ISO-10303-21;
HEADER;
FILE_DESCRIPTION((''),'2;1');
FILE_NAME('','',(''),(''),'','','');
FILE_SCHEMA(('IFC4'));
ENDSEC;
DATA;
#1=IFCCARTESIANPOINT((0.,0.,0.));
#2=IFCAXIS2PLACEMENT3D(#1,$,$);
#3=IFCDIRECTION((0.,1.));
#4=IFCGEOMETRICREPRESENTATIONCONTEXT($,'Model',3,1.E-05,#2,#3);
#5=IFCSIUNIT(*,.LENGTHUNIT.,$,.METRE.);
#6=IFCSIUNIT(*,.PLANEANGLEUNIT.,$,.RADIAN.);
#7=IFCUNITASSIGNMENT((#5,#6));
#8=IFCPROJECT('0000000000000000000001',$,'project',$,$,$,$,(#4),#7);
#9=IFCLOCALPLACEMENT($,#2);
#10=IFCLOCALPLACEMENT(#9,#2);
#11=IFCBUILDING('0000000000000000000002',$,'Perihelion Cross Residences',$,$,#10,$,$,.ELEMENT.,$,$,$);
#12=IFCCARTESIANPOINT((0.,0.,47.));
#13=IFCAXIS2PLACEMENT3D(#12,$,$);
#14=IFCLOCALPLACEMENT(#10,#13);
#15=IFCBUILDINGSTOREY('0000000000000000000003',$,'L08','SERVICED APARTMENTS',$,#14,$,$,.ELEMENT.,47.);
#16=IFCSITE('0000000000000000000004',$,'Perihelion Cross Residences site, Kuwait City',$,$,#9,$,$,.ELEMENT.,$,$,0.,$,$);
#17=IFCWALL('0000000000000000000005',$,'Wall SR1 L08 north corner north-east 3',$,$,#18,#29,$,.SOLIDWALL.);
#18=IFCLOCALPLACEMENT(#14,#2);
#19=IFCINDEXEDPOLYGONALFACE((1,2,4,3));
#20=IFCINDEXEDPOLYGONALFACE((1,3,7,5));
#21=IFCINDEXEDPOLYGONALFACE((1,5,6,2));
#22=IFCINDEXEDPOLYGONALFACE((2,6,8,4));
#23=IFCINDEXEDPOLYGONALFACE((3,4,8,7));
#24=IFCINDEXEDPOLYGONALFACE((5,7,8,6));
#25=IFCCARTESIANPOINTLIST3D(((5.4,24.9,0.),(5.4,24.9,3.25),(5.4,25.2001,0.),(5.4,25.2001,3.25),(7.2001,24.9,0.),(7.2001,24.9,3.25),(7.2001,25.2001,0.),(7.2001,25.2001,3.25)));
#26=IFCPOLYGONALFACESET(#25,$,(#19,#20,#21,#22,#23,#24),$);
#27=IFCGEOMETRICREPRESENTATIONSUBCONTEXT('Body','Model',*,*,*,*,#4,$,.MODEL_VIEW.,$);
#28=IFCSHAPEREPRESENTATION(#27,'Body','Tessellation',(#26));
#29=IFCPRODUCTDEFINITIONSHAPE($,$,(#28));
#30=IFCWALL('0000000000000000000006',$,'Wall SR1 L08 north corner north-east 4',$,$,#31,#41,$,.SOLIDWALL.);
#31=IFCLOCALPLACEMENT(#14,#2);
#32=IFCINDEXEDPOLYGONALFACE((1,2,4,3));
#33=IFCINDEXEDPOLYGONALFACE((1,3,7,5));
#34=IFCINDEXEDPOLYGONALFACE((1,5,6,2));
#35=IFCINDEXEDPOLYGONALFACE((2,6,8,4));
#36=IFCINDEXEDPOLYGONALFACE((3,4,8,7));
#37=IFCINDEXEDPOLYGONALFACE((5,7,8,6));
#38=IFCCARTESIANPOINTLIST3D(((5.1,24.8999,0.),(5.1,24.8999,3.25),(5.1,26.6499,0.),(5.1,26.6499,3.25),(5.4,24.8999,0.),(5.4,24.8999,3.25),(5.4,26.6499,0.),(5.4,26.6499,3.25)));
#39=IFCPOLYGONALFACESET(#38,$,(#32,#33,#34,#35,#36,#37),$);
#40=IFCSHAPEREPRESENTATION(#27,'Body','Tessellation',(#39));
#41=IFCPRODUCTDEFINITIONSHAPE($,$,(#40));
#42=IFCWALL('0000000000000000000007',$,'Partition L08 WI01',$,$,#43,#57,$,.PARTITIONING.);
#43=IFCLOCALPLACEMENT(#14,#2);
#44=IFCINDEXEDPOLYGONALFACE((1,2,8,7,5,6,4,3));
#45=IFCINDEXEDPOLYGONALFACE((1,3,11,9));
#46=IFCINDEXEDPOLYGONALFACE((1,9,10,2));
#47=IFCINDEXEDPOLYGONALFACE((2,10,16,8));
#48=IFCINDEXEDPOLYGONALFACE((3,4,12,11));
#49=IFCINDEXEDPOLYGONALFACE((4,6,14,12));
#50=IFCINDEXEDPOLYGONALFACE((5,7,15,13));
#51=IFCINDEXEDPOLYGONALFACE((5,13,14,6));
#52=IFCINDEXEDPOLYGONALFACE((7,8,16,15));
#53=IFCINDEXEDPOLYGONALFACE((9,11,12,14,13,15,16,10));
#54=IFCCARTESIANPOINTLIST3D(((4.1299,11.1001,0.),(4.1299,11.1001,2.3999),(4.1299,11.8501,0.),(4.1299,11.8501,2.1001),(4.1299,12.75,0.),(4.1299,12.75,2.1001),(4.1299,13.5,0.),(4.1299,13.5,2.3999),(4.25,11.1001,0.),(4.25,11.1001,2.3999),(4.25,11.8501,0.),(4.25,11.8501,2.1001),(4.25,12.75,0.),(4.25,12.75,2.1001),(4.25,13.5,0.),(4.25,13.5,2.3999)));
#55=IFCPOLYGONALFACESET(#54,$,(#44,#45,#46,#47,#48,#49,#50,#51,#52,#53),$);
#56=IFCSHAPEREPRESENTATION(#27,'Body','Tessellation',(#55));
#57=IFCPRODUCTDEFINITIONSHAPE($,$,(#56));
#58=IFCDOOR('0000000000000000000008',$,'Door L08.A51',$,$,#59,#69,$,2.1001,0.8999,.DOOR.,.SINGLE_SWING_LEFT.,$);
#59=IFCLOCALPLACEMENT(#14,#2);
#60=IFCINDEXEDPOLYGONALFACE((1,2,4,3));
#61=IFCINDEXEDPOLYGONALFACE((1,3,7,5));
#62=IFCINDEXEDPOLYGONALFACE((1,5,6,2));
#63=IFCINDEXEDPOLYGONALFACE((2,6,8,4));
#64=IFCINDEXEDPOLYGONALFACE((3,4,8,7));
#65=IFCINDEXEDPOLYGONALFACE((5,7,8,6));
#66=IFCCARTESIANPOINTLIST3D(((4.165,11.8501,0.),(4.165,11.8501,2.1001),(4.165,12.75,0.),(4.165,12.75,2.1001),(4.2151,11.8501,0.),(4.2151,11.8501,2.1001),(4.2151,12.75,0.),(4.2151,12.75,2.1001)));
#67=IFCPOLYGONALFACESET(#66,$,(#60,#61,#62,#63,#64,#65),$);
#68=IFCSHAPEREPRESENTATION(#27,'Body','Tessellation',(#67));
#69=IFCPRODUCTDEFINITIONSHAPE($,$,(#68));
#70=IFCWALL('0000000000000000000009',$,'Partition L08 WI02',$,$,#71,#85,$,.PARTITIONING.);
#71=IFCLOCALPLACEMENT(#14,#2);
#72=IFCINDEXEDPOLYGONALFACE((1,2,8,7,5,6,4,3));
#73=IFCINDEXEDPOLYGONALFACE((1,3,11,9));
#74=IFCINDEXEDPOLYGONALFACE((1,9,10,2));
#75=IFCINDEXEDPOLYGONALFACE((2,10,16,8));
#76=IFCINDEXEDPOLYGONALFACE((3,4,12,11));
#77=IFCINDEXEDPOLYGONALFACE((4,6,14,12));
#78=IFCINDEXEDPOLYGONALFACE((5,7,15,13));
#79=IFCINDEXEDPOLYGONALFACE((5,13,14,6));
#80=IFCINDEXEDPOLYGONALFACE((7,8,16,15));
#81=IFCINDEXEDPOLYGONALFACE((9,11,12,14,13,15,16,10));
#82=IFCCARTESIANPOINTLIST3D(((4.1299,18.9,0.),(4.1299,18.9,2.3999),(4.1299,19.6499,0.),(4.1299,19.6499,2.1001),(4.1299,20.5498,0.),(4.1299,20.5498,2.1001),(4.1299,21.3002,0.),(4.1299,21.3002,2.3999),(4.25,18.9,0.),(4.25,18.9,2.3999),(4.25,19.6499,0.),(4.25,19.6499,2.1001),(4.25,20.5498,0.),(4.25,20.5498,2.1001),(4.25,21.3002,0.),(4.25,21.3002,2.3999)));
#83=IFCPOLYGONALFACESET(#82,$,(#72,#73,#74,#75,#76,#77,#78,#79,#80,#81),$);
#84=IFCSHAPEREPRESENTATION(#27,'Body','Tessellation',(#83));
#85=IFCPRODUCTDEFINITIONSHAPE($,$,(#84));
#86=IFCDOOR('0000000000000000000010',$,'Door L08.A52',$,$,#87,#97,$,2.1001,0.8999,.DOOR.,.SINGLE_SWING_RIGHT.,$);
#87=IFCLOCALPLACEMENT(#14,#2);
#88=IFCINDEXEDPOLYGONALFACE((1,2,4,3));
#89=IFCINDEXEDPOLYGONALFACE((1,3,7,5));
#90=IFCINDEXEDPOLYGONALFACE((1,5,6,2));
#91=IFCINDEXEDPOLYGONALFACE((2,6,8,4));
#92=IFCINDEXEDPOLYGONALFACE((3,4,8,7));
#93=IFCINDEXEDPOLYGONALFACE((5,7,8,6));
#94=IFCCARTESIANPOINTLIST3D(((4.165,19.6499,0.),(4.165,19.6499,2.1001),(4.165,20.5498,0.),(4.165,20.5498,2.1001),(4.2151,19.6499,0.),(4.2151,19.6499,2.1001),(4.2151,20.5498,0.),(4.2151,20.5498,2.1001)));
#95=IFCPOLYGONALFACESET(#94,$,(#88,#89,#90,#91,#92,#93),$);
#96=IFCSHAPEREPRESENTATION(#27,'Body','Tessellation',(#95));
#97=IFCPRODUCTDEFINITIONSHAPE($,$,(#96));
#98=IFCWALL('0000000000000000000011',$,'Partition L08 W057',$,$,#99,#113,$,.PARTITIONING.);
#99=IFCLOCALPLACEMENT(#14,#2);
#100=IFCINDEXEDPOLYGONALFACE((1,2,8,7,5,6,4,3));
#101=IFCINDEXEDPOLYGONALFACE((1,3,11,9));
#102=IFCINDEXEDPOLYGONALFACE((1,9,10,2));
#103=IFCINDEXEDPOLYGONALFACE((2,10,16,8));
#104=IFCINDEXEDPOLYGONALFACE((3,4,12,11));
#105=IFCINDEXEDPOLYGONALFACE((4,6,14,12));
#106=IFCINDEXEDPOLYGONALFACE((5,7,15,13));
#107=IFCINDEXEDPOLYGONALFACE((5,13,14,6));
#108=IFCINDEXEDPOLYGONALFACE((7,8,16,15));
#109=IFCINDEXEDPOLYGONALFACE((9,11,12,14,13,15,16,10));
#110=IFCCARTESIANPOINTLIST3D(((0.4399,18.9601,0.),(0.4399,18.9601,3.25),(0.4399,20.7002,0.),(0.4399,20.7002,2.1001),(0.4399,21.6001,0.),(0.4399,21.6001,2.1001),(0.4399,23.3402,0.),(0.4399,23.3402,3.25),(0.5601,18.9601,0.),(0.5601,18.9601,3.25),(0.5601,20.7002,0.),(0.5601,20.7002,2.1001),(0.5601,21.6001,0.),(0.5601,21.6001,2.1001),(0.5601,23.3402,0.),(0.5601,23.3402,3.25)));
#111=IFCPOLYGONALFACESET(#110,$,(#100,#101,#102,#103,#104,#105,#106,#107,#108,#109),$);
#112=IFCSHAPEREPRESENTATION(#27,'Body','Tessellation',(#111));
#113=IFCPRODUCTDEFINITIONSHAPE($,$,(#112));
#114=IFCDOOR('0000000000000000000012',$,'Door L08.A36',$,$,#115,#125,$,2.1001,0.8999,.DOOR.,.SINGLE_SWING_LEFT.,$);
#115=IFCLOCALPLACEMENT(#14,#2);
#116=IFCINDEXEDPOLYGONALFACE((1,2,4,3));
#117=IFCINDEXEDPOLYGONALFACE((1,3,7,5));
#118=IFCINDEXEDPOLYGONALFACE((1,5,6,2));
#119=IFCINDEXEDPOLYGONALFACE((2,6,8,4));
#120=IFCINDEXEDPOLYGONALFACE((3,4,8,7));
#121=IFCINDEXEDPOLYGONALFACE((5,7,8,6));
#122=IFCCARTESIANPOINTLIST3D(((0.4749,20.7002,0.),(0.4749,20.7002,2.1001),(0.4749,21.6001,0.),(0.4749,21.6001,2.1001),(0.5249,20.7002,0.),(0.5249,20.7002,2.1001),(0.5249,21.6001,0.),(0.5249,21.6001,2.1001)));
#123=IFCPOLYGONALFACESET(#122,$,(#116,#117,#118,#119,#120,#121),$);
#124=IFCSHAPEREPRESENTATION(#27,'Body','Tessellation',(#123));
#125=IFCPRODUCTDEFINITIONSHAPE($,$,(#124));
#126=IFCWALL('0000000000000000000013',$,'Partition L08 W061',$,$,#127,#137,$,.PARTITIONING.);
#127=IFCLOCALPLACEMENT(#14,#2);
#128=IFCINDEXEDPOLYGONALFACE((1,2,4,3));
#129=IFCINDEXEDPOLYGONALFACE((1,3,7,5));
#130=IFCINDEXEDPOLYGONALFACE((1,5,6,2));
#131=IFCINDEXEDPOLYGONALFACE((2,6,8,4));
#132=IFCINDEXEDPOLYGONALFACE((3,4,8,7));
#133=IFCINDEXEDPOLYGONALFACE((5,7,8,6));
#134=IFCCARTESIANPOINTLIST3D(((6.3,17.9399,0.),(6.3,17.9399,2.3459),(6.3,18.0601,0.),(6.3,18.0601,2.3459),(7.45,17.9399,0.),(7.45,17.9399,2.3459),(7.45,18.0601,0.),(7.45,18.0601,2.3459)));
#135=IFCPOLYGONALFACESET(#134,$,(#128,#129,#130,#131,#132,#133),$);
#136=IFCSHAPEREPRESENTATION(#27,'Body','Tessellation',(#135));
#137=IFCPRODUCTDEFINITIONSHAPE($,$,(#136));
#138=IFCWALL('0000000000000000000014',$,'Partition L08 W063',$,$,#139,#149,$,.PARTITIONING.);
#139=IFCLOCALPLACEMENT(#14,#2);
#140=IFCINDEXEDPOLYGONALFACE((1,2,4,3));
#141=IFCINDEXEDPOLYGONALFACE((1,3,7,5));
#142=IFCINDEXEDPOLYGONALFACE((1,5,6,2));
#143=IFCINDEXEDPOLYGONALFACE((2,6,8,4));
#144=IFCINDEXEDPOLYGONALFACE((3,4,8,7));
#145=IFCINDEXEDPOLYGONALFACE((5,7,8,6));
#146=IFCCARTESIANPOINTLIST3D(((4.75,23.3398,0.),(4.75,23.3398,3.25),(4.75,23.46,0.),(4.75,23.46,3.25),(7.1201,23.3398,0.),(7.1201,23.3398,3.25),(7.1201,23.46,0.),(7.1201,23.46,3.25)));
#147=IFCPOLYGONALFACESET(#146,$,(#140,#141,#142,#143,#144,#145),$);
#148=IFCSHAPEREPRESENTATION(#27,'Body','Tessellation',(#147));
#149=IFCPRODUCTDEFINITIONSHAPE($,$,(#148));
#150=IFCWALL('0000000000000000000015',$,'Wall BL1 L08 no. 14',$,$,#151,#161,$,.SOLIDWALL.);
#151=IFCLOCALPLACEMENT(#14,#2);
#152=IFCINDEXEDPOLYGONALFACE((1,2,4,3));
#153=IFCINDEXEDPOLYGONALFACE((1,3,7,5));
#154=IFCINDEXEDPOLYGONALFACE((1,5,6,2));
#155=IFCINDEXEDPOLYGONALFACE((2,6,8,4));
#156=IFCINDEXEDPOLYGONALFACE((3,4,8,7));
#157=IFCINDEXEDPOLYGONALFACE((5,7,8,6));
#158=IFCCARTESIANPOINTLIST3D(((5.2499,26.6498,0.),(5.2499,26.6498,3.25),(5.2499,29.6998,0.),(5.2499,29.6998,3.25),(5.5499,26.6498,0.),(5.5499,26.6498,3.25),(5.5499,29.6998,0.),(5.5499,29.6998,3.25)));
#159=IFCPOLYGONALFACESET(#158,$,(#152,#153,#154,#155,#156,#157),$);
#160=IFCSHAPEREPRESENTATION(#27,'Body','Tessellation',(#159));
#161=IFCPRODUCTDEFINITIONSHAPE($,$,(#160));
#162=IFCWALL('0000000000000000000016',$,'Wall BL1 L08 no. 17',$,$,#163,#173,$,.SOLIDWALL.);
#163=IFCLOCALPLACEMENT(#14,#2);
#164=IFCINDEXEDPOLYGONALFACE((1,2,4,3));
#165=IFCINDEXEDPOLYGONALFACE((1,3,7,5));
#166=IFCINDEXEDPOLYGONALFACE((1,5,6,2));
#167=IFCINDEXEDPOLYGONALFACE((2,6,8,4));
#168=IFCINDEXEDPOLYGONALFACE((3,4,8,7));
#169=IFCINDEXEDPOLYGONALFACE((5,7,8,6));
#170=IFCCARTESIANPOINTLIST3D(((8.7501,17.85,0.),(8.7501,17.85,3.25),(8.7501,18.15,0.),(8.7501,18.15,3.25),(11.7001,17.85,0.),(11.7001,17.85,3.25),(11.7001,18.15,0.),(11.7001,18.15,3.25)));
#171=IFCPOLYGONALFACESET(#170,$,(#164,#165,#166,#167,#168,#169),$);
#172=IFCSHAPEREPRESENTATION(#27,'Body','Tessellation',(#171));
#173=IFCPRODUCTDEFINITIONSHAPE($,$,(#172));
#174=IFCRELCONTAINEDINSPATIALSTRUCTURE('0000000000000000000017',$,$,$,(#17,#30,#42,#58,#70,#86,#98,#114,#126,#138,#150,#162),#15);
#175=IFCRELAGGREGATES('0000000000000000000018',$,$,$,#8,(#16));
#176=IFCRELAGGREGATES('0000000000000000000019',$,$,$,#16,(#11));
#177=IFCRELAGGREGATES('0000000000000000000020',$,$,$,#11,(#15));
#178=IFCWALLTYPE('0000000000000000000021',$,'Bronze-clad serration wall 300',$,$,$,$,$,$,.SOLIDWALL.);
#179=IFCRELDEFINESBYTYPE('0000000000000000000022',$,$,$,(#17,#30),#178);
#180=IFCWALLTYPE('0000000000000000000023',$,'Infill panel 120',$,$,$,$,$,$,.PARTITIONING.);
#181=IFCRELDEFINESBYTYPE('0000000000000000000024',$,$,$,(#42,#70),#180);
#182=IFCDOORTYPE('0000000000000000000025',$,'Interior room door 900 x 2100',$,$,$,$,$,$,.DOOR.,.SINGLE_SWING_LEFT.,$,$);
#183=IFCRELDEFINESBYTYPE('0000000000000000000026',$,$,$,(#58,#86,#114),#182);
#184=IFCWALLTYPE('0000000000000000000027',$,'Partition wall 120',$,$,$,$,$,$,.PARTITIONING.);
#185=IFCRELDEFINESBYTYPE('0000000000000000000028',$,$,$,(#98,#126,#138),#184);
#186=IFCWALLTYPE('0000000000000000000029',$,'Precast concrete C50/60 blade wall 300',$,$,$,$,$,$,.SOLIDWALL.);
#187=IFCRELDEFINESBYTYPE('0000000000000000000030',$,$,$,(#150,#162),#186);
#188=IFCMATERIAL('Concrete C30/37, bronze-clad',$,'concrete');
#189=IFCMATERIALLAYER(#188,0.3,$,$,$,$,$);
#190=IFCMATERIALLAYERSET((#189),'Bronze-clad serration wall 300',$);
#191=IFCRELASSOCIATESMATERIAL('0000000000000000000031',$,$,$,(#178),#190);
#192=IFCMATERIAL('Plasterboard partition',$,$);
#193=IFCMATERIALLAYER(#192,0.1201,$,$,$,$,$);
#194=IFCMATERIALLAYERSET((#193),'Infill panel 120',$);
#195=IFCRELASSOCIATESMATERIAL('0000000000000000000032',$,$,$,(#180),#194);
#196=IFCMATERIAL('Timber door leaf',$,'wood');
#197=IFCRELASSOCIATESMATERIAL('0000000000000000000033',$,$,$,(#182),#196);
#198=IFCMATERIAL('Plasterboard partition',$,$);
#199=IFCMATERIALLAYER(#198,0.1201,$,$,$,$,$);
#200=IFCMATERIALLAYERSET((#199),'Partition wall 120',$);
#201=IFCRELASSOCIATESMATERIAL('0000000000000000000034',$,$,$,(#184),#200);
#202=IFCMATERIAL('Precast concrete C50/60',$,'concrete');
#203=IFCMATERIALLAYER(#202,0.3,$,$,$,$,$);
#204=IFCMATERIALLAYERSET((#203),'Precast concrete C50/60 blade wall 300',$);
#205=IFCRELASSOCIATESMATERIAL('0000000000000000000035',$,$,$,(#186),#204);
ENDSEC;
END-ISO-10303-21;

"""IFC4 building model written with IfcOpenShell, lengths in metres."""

from ifc_helpers import new_model, si_unit, direction, frame, frame_2d, origin, place, context, subcontext, project, spatial, rectangle, extrude, material, layer, layer_set, type_object, element, fill, save


model = new_model("IFC4")

# Units and contexts
model_context = context("Model", 3, precision=1e-05, world=origin(), true_north=direction((0.0, 1.0)))
body_context = subcontext(model_context, "Body", "Model", "MODEL_VIEW")
ifc_project = project(units=[si_unit("LENGTHUNIT", "METRE"), si_unit("PLANEANGLEUNIT", "RADIAN")], contexts=[model_context])

# Site, building, storey
site_placement = place(None, origin())
site = spatial("IfcSite", under=ifc_project, at=site_placement, Name="Perihelion Cross Residences site, Kuwait City", CompositionType="ELEMENT", RefElevation=0.0)
building_placement = place(site_placement, origin())
building = spatial("IfcBuilding", under=site, at=building_placement, Name="Perihelion Cross Residences", CompositionType="ELEMENT")
storey_placement = place(building_placement, frame((0.0, 0.0, 47.0)))
storey = spatial("IfcBuildingStorey", under=building, at=storey_placement, Name="L08", Description="SERVICED APARTMENTS", CompositionType="ELEMENT", Elevation=47.0)

# Walls
ifc_material_1 = material(Name="Concrete C30/37, bronze-clad", Category="concrete")
ifc_layer_1 = layer(ifc_material_1, 0.3)
ifc_layer_set_1 = layer_set([ifc_layer_1], Name="Bronze-clad serration wall 300")
wall_type_1 = type_object("IfcWallType", Name="Bronze-clad serration wall 300", PredefinedType="SOLIDWALL", material=ifc_layer_set_1)
wall_1_placement = place(storey_placement, frame((7.2, 25.05, 0.0), z_axis=(0.0, 0.0, 1.0), x_axis=(-1.0, 0.0, 0.0)))
element("IfcWall", 1, at=wall_1_placement, inside=storey, type_object=wall_type_1, Name="Wall SR1 L08 north corner north-east 3", PredefinedType="SOLIDWALL", context=body_context, shape_type="SweptSolid", body=[
    extrude(rectangle(XDim=1.8, YDim=0.3, at=frame_2d((0.8999, 0.0))), origin(), (0.0, 0.0, 1.0), 3.25),
])
wall_2_placement = place(storey_placement, frame((5.25, 24.8999, 0.0), z_axis=(0.0, 0.0, 1.0), x_axis=(0.0, 1.0, 0.0)))
element("IfcWall", 2, at=wall_2_placement, inside=storey, type_object=wall_type_1, Name="Wall SR1 L08 north corner north-east 4", PredefinedType="SOLIDWALL", context=body_context, shape_type="SweptSolid", body=[
    extrude(rectangle(XDim=1.75, YDim=0.3, at=frame_2d((0.875, 0.0))), origin(), (0.0, 0.0, 1.0), 3.25),
])

# Walls, openings, doors
ifc_material_2 = material(Name="Plasterboard partition")
ifc_layer_2 = layer(ifc_material_2, 0.1201)
ifc_layer_set_2 = layer_set([ifc_layer_2], Name="Infill panel 120")
wall_type_2 = type_object("IfcWallType", Name="Infill panel 120", PredefinedType="PARTITIONING", material=ifc_layer_set_2)
wall_3_placement = place(storey_placement, frame((4.1899, 11.1001, 0.0), z_axis=(0.0, 0.0, 1.0), x_axis=(0.0, 1.0, 0.0)))
wall_3 = element("IfcWall", 3, at=wall_3_placement, inside=storey, type_object=wall_type_2, Name="Partition L08 WI01", PredefinedType="PARTITIONING", context=body_context, shape_type="SweptSolid", body=[
    extrude(rectangle(XDim=2.3999, YDim=0.1201, at=frame_2d((1.2, 0.0))), origin(), (0.0, 0.0, 1.0), 2.3999),
])
opening_1_placement = place(wall_3_placement, frame((0.75, 0.0, 0.0)))
opening_1 = element("IfcOpeningElement", 4, at=opening_1_placement, cuts=wall_3, PredefinedType="OPENING", context=body_context, shape_type="SweptSolid", body=[
    extrude(rectangle(XDim=0.8999, YDim=2.1001, at=frame_2d((0.45, 1.05))), frame((0.0, 0.0701, 0.0), z_axis=(0.0, -1.0, 0.0), x_axis=(1.0, 0.0, 0.0)), (0.0, 0.0, 1.0), 0.1401),
])
ifc_material_3 = material(Name="Timber door leaf", Category="wood")
door_type_1 = type_object("IfcDoorType", Name="Interior room door 900 x 2100", OperationType="SINGLE_SWING_LEFT", PredefinedType="DOOR", material=ifc_material_3)
door_1_placement = place(opening_1_placement, origin())
door_1 = element("IfcDoor", 5, at=door_1_placement, inside=storey, type_object=door_type_1, Name="Door L08.A51", OperationType="SINGLE_SWING_LEFT", OverallHeight=2.1001, OverallWidth=0.8999, PredefinedType="DOOR", context=body_context, shape_type="SweptSolid", body=[
    extrude(rectangle(XDim=0.8999, YDim=2.1001, at=frame_2d((0.45, 1.05))), frame((0.0, 0.0249, 0.0), z_axis=(0.0, -1.0, 0.0), x_axis=(1.0, 0.0, 0.0)), (0.0, 0.0, 1.0), 0.05),
])
fill(opening_1, door_1)
wall_4_placement = place(storey_placement, frame((4.1899, 18.8999, 0.0), z_axis=(0.0, 0.0, 1.0), x_axis=(0.0, 1.0, 0.0)))
wall_4 = element("IfcWall", 6, at=wall_4_placement, inside=storey, type_object=wall_type_2, Name="Partition L08 WI02", PredefinedType="PARTITIONING", context=body_context, shape_type="SweptSolid", body=[
    extrude(rectangle(XDim=2.4001, YDim=0.1201, at=frame_2d((1.2002, 0.0))), origin(), (0.0, 0.0, 1.0), 2.3999),
])
opening_2_placement = place(wall_4_placement, frame((0.75, 0.0, 0.0)))
opening_2 = element("IfcOpeningElement", 7, at=opening_2_placement, cuts=wall_4, PredefinedType="OPENING", context=body_context, shape_type="SweptSolid", body=[
    extrude(rectangle(XDim=0.8999, YDim=2.1001, at=frame_2d((0.45, 1.05))), frame((0.0, 0.0701, 0.0), z_axis=(0.0, -1.0, 0.0), x_axis=(1.0, 0.0, 0.0)), (0.0, 0.0, 1.0), 0.1401),
])
door_2_placement = place(opening_2_placement, origin())
door_2 = element("IfcDoor", 8, at=door_2_placement, inside=storey, type_object=door_type_1, Name="Door L08.A52", OperationType="SINGLE_SWING_RIGHT", OverallHeight=2.1001, OverallWidth=0.8999, PredefinedType="DOOR", context=body_context, shape_type="SweptSolid", body=[
    extrude(rectangle(XDim=0.8999, YDim=2.1001, at=frame_2d((0.45, 1.05))), frame((0.0, 0.0249, 0.0), z_axis=(0.0, -1.0, 0.0), x_axis=(1.0, 0.0, 0.0)), (0.0, 0.0, 1.0), 0.05),
])
fill(opening_2, door_2)
ifc_material_4 = material(Name="Plasterboard partition")
ifc_layer_3 = layer(ifc_material_4, 0.1201)
ifc_layer_set_3 = layer_set([ifc_layer_3], Name="Partition wall 120")
wall_type_3 = type_object("IfcWallType", Name="Partition wall 120", PredefinedType="PARTITIONING", material=ifc_layer_set_3)
wall_5_placement = place(storey_placement, frame((0.5, 23.3401, 0.0), z_axis=(0.0, 0.0, 1.0), x_axis=(0.0, -1.0, 0.0)))
wall_5 = element("IfcWall", 9, at=wall_5_placement, inside=storey, type_object=wall_type_3, Name="Partition L08 W057", PredefinedType="PARTITIONING", context=body_context, shape_type="SweptSolid", body=[
    extrude(rectangle(XDim=4.3801, YDim=0.1201, at=frame_2d((2.1899, 0.0))), origin(), (0.0, 0.0, 1.0), 3.25),
])
opening_3_placement = place(wall_5_placement, frame((1.74, 0.0, 0.0)))
opening_3 = element("IfcOpeningElement", 10, at=opening_3_placement, cuts=wall_5, PredefinedType="OPENING", context=body_context, shape_type="SweptSolid", body=[
    extrude(rectangle(XDim=0.8999, YDim=2.1001, at=frame_2d((0.45, 1.05))), frame((0.0, 0.0701, 0.0), z_axis=(0.0, -1.0, 0.0), x_axis=(1.0, 0.0, 0.0)), (0.0, 0.0, 1.0), 0.1401),
])
door_3_placement = place(opening_3_placement, origin())
door_3 = element("IfcDoor", 11, at=door_3_placement, inside=storey, type_object=door_type_1, Name="Door L08.A36", OperationType="SINGLE_SWING_LEFT", OverallHeight=2.1001, OverallWidth=0.8999, PredefinedType="DOOR", context=body_context, shape_type="SweptSolid", body=[
    extrude(rectangle(XDim=0.8999, YDim=2.1001, at=frame_2d((0.45, 1.05))), frame((0.0, 0.0249, 0.0), z_axis=(0.0, -1.0, 0.0), x_axis=(1.0, 0.0, 0.0)), (0.0, 0.0, 1.0), 0.05),
])
fill(opening_3, door_3)

# Walls
wall_6_placement = place(storey_placement, frame((6.3, 18.0, 0.0), z_axis=(0.0, 0.0, 1.0), x_axis=(1.0, 0.0, 0.0)))
element("IfcWall", 12, at=wall_6_placement, inside=storey, type_object=wall_type_3, Name="Partition L08 W061", PredefinedType="PARTITIONING", context=body_context, shape_type="SweptSolid", body=[
    extrude(rectangle(XDim=1.1499, YDim=0.1201, at=frame_2d((0.575, 0.0))), origin(), (0.0, 0.0, 1.0), 2.3459),
])
wall_7_placement = place(storey_placement, frame((4.75, 23.3999, 0.0), z_axis=(0.0, 0.0, 1.0), x_axis=(1.0, 0.0, 0.0)))
element("IfcWall", 13, at=wall_7_placement, inside=storey, type_object=wall_type_3, Name="Partition L08 W063", PredefinedType="PARTITIONING", context=body_context, shape_type="SweptSolid", body=[
    extrude(rectangle(XDim=2.3701, YDim=0.1201, at=frame_2d((1.1851, 0.0))), origin(), (0.0, 0.0, 1.0), 3.25),
])
ifc_material_5 = material(Name="Precast concrete C50/60", Category="concrete")
ifc_layer_4 = layer(ifc_material_5, 0.3)
ifc_layer_set_4 = layer_set([ifc_layer_4], Name="Precast concrete C50/60 blade wall 300")
wall_type_4 = type_object("IfcWallType", Name="Precast concrete C50/60 blade wall 300", PredefinedType="SOLIDWALL", material=ifc_layer_set_4)
wall_8_placement = place(storey_placement, frame((5.3999, 26.6499, 0.0), z_axis=(0.0, 0.0, 1.0), x_axis=(0.0, 1.0, 0.0)))
element("IfcWall", 14, at=wall_8_placement, inside=storey, type_object=wall_type_4, Name="Wall BL1 L08 no. 14", PredefinedType="SOLIDWALL", context=body_context, shape_type="SweptSolid", body=[
    extrude(rectangle(XDim=3.05, YDim=0.3, at=frame_2d((1.5249, 0.0))), origin(), (0.0, 0.0, 1.0), 3.25),
])
wall_9_placement = place(storey_placement, frame((8.75, 18.0, 0.0), z_axis=(0.0, 0.0, 1.0), x_axis=(1.0, 0.0, 0.0)))
element("IfcWall", 15, at=wall_9_placement, inside=storey, type_object=wall_type_4, Name="Wall BL1 L08 no. 17", PredefinedType="SOLIDWALL", context=body_context, shape_type="SweptSolid", body=[
    extrude(rectangle(XDim=2.95, YDim=0.3, at=frame_2d((1.4751, 0.0))), origin(), (0.0, 0.0, 1.0), 3.25),
])

save(model, "model.ifc")
